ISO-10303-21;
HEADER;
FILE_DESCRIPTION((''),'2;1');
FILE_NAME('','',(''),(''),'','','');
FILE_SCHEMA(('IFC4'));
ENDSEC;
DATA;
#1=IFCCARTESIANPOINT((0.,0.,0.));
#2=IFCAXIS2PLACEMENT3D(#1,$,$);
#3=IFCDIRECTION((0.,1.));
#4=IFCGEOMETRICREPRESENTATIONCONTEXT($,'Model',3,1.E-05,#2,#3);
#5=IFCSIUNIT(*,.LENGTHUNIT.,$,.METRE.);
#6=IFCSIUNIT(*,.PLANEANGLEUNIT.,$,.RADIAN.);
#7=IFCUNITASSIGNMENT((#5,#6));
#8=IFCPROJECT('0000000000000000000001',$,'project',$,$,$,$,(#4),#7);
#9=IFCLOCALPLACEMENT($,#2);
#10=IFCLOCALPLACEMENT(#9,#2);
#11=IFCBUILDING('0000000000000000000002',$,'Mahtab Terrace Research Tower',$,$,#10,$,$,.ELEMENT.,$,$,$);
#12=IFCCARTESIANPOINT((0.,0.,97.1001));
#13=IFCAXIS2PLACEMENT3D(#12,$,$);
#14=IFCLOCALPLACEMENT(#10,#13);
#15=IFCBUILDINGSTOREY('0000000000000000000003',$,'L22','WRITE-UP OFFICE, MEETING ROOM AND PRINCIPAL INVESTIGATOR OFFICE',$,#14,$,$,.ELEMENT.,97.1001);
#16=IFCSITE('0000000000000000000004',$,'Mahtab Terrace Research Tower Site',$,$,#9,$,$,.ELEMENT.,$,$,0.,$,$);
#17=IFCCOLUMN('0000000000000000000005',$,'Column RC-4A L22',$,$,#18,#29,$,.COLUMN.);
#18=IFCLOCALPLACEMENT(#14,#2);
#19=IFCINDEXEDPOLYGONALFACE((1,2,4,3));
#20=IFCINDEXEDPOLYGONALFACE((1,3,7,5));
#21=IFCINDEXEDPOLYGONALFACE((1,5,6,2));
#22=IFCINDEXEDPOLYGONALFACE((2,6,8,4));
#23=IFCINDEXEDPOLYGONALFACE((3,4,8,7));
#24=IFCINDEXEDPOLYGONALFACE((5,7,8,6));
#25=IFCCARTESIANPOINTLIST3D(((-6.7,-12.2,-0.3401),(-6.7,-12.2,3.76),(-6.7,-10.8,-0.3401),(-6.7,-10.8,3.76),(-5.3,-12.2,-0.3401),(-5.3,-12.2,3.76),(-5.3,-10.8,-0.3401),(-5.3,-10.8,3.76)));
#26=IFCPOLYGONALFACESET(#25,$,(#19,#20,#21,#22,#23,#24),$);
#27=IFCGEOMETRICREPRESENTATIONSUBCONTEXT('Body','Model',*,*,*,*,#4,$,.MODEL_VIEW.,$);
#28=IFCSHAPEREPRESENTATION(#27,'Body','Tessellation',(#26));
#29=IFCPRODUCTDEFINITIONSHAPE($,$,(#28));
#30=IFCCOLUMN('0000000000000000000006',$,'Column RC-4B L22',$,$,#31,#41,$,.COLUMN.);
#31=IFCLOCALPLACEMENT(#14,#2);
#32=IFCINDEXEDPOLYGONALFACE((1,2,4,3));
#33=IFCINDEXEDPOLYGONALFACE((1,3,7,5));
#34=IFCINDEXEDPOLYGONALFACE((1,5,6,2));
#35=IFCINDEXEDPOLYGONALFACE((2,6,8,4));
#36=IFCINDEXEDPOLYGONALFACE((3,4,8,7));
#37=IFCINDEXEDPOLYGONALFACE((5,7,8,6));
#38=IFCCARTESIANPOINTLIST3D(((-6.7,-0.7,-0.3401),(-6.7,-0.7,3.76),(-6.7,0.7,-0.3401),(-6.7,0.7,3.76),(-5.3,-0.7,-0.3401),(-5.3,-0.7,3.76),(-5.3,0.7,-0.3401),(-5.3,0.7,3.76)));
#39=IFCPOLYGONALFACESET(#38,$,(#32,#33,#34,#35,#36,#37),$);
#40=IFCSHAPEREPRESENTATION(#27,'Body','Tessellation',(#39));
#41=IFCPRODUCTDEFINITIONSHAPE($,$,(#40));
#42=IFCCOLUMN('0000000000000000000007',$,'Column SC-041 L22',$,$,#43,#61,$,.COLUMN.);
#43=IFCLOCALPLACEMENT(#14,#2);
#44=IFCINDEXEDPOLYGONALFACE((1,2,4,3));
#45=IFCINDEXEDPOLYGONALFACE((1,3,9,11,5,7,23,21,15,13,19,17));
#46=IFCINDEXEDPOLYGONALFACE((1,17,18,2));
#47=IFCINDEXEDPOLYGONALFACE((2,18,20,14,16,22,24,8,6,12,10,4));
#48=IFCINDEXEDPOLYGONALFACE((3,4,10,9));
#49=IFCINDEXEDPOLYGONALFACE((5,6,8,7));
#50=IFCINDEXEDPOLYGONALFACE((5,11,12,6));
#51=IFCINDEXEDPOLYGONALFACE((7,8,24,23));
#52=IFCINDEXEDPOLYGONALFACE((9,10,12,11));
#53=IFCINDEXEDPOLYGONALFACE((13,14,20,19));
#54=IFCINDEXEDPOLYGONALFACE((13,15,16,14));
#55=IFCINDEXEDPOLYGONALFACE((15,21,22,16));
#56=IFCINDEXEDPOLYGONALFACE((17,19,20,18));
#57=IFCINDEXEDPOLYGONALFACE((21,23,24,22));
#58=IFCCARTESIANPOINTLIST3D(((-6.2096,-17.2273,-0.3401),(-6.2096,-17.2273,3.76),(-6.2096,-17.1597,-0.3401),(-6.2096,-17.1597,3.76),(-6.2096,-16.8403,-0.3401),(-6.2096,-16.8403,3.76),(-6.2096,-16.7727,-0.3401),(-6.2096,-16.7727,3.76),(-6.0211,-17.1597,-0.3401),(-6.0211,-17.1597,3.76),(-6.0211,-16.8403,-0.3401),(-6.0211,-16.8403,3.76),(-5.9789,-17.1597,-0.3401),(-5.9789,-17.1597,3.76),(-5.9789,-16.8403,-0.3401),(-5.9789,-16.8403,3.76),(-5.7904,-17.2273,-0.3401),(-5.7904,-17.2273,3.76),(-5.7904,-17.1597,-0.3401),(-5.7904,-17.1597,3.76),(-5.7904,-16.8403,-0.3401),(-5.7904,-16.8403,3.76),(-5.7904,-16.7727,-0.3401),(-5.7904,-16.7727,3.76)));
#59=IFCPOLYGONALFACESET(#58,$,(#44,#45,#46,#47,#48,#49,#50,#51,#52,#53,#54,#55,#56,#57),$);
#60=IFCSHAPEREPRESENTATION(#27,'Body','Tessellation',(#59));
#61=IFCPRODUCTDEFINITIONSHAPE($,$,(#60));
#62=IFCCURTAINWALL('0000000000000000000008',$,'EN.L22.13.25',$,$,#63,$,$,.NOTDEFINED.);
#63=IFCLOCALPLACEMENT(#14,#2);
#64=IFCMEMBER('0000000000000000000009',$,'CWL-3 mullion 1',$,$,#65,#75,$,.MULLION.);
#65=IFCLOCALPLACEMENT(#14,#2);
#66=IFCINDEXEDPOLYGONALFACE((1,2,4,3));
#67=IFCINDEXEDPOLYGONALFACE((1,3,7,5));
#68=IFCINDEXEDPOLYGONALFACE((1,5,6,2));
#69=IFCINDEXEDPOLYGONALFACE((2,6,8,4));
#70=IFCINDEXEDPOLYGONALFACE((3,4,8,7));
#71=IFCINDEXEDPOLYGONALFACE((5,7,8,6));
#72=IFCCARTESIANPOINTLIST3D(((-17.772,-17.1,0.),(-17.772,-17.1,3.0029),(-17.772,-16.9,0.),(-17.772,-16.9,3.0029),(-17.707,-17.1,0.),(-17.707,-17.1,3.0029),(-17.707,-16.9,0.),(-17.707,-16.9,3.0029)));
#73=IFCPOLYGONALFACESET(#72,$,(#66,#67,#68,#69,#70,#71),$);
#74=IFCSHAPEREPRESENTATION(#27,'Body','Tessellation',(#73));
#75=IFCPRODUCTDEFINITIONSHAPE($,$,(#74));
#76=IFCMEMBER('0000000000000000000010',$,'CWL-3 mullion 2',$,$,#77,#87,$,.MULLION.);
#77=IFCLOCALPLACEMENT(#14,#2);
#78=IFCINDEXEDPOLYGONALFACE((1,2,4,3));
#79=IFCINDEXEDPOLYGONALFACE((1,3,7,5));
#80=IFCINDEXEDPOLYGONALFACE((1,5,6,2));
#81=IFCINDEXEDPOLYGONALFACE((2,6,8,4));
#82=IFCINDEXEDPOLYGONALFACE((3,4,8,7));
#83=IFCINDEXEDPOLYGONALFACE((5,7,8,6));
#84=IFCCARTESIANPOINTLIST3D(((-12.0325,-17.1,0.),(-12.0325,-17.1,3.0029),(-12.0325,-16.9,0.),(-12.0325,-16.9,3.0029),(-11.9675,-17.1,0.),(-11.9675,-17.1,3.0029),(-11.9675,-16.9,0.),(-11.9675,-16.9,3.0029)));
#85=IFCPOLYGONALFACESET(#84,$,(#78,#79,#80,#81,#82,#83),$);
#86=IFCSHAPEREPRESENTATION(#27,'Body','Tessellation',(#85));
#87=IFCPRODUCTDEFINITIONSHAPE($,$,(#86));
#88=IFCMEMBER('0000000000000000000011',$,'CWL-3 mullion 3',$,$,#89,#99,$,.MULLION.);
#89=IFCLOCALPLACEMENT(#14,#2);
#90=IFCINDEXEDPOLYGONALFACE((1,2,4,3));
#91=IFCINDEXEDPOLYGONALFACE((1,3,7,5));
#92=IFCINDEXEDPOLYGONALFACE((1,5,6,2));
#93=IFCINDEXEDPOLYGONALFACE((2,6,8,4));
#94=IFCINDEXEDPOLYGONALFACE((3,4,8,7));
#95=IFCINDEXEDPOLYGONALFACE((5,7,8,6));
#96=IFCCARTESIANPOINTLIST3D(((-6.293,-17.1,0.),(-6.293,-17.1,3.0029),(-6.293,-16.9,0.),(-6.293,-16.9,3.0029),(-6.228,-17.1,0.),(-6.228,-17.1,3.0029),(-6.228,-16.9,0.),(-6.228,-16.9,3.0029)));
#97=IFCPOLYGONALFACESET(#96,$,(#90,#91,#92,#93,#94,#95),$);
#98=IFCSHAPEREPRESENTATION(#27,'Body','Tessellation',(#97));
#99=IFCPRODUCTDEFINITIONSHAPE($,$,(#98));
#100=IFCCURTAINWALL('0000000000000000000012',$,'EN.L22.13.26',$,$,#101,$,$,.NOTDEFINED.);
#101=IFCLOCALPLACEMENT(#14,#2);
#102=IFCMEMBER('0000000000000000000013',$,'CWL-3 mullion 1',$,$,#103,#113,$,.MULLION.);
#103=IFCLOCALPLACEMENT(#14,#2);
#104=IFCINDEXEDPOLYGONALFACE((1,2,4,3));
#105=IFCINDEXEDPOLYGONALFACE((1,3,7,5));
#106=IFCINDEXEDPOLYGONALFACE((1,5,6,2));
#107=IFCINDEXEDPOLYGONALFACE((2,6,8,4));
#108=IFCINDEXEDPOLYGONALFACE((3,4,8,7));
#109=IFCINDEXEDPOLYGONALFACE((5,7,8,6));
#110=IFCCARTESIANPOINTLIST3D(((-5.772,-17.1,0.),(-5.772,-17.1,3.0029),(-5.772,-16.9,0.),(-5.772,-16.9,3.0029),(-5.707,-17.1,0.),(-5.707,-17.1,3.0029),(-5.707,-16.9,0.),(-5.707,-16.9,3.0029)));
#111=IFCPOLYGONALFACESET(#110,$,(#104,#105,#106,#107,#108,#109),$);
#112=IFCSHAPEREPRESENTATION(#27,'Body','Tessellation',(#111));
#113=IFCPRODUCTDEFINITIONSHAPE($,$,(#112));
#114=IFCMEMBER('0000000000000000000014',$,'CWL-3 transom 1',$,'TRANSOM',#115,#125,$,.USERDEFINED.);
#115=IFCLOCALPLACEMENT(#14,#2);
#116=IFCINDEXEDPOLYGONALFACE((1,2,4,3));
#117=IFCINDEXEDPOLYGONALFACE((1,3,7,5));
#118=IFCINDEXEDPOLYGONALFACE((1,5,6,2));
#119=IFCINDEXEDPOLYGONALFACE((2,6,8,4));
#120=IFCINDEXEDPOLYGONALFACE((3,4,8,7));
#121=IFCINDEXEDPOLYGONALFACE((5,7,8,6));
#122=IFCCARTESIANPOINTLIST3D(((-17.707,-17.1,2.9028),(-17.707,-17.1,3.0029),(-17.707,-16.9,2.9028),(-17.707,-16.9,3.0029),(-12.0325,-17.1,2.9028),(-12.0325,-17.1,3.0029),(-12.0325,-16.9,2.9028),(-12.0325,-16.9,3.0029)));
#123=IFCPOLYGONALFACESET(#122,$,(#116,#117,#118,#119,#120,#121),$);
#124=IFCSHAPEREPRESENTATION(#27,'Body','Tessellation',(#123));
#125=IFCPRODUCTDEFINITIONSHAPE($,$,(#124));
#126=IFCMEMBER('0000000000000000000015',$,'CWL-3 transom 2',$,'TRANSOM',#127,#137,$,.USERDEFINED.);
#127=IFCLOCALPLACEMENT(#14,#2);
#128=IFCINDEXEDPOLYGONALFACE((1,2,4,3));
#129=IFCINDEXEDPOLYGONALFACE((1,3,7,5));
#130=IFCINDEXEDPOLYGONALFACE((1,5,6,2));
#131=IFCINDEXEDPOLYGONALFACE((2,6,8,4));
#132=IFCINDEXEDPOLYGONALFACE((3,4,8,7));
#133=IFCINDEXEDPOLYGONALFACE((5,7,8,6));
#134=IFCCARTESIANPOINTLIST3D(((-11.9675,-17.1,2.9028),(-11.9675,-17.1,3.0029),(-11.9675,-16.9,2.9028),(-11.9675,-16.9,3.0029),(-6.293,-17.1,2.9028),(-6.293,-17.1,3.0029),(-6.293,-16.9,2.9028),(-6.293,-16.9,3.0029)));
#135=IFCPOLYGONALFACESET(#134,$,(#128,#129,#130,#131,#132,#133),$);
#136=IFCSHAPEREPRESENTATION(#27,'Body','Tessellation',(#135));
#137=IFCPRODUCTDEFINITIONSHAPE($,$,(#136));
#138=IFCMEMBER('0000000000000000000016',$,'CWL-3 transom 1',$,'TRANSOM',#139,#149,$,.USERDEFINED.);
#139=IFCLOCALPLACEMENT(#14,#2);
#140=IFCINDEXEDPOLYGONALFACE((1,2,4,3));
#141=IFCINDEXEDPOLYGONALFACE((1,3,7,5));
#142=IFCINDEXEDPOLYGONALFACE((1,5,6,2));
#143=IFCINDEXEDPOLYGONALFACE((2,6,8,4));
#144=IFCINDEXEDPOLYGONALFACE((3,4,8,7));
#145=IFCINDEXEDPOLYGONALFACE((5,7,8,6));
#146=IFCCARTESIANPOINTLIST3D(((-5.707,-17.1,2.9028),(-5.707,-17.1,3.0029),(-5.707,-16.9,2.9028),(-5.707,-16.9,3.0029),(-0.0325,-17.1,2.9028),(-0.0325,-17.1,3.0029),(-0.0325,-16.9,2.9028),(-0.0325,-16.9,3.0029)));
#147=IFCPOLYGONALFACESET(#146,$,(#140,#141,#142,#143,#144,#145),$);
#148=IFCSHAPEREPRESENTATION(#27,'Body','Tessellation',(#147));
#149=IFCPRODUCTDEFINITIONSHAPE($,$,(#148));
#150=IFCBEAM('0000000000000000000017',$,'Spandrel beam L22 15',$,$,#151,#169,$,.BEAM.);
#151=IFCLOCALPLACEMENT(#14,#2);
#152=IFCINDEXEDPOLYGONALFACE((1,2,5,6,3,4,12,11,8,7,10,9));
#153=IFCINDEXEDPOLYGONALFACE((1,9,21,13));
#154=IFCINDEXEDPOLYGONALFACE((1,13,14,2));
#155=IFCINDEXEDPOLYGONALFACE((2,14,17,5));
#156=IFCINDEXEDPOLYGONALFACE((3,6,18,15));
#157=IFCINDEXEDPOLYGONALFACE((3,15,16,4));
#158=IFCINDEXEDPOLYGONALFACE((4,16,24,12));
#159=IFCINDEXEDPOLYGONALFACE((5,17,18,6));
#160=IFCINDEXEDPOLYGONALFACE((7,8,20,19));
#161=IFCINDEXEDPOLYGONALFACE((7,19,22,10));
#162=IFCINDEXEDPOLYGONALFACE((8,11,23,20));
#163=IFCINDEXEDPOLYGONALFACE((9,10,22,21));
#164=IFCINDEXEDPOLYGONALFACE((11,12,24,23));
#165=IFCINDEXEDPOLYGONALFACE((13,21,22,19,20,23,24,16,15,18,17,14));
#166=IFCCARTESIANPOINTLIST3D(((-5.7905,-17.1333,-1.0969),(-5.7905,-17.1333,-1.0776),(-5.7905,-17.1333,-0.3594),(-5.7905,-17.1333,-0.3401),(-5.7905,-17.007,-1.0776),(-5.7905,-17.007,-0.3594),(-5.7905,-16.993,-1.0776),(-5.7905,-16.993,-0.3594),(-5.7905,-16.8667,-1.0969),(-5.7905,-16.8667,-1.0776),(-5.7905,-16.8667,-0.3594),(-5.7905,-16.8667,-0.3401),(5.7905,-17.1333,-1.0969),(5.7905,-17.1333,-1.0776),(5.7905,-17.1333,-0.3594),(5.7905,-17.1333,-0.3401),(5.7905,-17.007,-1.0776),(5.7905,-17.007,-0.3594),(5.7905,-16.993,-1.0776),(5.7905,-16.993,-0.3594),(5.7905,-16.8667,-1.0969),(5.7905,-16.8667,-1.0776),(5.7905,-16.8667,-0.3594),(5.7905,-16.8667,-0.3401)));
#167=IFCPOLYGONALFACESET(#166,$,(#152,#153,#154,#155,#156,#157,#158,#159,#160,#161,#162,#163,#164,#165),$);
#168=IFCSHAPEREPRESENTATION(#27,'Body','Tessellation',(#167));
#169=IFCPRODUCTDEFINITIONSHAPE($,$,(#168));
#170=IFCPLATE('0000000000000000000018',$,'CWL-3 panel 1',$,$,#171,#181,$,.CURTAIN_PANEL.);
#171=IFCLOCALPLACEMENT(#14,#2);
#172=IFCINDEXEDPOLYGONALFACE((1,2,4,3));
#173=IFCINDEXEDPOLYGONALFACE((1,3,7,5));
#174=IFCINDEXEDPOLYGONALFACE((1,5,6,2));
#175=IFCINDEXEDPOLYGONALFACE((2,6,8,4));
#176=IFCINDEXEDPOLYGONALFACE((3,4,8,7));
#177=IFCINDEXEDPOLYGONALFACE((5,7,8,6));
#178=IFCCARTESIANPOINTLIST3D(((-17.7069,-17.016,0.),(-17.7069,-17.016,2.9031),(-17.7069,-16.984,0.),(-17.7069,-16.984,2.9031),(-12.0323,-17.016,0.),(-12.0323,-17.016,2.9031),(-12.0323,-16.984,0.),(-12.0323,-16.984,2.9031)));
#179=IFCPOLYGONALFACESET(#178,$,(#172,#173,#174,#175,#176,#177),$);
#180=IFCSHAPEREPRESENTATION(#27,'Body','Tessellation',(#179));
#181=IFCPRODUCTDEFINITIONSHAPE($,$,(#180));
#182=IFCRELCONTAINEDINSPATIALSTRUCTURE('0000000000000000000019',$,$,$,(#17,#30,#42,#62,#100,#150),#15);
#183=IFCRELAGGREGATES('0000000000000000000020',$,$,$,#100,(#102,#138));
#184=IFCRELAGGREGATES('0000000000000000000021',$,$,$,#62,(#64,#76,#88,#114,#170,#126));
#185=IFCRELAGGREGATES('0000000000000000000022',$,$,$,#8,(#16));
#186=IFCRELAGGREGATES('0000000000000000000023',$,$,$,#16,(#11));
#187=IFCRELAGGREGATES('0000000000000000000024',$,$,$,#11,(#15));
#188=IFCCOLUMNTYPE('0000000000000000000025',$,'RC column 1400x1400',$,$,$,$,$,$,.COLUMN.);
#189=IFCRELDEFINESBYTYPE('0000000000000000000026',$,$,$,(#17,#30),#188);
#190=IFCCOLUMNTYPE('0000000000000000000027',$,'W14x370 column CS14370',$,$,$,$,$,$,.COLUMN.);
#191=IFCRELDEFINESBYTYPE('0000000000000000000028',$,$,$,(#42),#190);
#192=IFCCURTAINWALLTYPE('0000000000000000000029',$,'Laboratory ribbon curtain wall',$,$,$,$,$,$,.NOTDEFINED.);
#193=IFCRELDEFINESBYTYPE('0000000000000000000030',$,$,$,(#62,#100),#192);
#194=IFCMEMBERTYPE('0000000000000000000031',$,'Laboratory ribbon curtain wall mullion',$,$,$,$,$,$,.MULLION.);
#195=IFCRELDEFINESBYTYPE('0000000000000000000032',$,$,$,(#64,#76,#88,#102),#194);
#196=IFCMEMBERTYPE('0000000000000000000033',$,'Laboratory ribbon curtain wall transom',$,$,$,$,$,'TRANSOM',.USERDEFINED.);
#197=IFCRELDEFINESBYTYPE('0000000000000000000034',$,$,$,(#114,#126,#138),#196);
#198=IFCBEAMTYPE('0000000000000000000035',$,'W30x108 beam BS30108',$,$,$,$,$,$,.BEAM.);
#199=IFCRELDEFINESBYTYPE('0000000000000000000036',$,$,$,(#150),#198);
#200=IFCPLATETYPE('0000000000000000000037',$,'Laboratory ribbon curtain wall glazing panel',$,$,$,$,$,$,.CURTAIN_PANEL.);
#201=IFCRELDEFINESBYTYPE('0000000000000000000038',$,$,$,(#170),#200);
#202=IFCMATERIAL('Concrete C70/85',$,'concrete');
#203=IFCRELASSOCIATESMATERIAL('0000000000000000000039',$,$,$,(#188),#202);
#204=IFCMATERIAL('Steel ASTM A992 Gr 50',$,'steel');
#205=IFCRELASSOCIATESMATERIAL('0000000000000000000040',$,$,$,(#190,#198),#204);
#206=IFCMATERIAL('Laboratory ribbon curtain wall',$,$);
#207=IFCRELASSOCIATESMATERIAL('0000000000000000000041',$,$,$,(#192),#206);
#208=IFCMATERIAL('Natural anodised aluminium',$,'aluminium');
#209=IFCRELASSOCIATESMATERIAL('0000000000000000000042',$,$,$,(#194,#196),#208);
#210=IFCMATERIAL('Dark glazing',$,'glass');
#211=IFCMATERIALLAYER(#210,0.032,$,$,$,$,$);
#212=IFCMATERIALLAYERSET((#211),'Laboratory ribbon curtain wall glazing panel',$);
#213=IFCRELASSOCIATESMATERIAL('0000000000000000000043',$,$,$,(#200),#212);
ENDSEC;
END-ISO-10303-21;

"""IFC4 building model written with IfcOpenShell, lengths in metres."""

from ifc_helpers import new_model, si_unit, direction, frame, origin, origin_2d, place, context, subcontext, project, spatial, rectangle, i_section, extrude, material, layer, layer_set, material_profile, profile_set, type_object, element, aggregate, save


model = new_model("IFC4")

# Units and contexts
model_context = context("Model", 3, precision=1e-05, world=origin(), true_north=direction((0.0, 1.0)))
body_context = subcontext(model_context, "Body", "Model", "MODEL_VIEW")
ifc_project = project(units=[si_unit("LENGTHUNIT", "METRE"), si_unit("PLANEANGLEUNIT", "RADIAN")], contexts=[model_context])

# Site, building, storey
site_placement = place(None, origin())
site = spatial("IfcSite", under=ifc_project, at=site_placement, Name="Mahtab Terrace Research Tower Site", CompositionType="ELEMENT", RefElevation=0.0)
building_placement = place(site_placement, origin())
building = spatial("IfcBuilding", under=site, at=building_placement, Name="Mahtab Terrace Research Tower", CompositionType="ELEMENT")
storey_placement = place(building_placement, frame((0.0, 0.0, 97.1001)))
storey = spatial("IfcBuildingStorey", under=building, at=storey_placement, Name="L22", Description="WRITE-UP OFFICE, MEETING ROOM AND PRINCIPAL INVESTIGATOR OFFICE", CompositionType="ELEMENT", Elevation=97.1001)

# Columns
ifc_material_1 = material(Name="Concrete C70/85", Category="concrete")
ifc_material_profile_1 = material_profile(ifc_material_1, rectangle(XDim=1.3999, YDim=1.3999, at=origin_2d()), Name="RC column 1400x1400")
ifc_profile_set_1 = profile_set([ifc_material_profile_1], Name="Concrete C70/85")
column_type_1 = type_object("IfcColumnType", Name="RC column 1400x1400", PredefinedType="COLUMN", material=ifc_profile_set_1)
for number, where, z_axis, x_axis, name in (
    (1, (-6.0, -11.5, -0.3401), (0.0, 0.0, 1.0), (1.0, 0.0, 0.0), "Column RC-4A L22"),
    (2, (-6.0, 0.0, -0.3401), (0.0, 0.0, 1.0), (1.0, 0.0, 0.0), "Column RC-4B L22"),
):
    element("IfcColumn", number, at=place(storey_placement, frame(where, z_axis=z_axis, x_axis=x_axis)), inside=storey, type_object=column_type_1, Name=name, PredefinedType="COLUMN", context=body_context, shape_type="SweptSolid", body=[
        extrude(rectangle(XDim=1.3999, YDim=1.3999, at=origin_2d()), origin(), (0.0, 0.0, 1.0), 4.1001),
    ])
ifc_material_2 = material(Name="Steel ASTM A992 Gr 50", Category="steel")
ifc_material_profile_2 = material_profile(ifc_material_2, i_section(OverallWidth=0.4192, OverallDepth=0.4546, WebThickness=0.0422, FlangeThickness=0.0676, at=origin_2d()), Name="W14X370")
ifc_profile_set_2 = profile_set([ifc_material_profile_2], Name="Steel ASTM A992 Gr 50")
column_type_2 = type_object("IfcColumnType", Name="W14x370 column CS14370", PredefinedType="COLUMN", material=ifc_profile_set_2)
column_placement = place(storey_placement, frame((-6.0, -17.0, -0.3401), z_axis=(0.0, 0.0, 1.0), x_axis=(1.0, 0.0, 0.0)))
element("IfcColumn", 3, at=column_placement, inside=storey, type_object=column_type_2, Name="Column SC-041 L22", PredefinedType="COLUMN", context=body_context, shape_type="SweptSolid", body=[
    extrude(i_section(OverallWidth=0.4192, OverallDepth=0.4546, WebThickness=0.0422, FlangeThickness=0.0676, at=origin_2d()), origin(), (0.0, 0.0, 1.0), 4.1001),
])

# Curtain wall, members
ifc_material_3 = material(Name="Laboratory ribbon curtain wall")
curtain_wall_type = type_object("IfcCurtainWallType", Name="Laboratory ribbon curtain wall", PredefinedType="NOTDEFINED", material=ifc_material_3)
curtain_wall_1_placement = place(storey_placement, origin())
curtain_wall_1 = element("IfcCurtainWall", 4, at=curtain_wall_1_placement, inside=storey, type_object=curtain_wall_type, Name="EN.L22.13.25", PredefinedType="NOTDEFINED")
ifc_material_4 = material(Name="Natural anodised aluminium", Category="aluminium")
ifc_material_profile_3 = material_profile(ifc_material_4, rectangle(XDim=0.2, YDim=0.0649, at=origin_2d()), Name="MULLION 65x200")
ifc_profile_set_3 = profile_set([ifc_material_profile_3], Name="Natural anodised aluminium")
member_type_1 = type_object("IfcMemberType", Name="Laboratory ribbon curtain wall mullion", PredefinedType="MULLION", material=ifc_profile_set_3)
member_1_placement = place(storey_placement, frame((-17.7395, -17.0, 0.0), z_axis=(0.0, 0.0, 1.0), x_axis=(0.0, 1.0, 0.0)))
member_1 = element("IfcMember", 5, at=member_1_placement, type_object=member_type_1, Name="CWL-3 mullion 1", PredefinedType="MULLION", context=body_context, shape_type="SweptSolid", body=[
    extrude(rectangle(XDim=0.2, YDim=0.0649, at=origin_2d()), origin(), (0.0, 0.0, 1.0), 3.0029),
])
member_2_placement = place(storey_placement, frame((-12.0, -17.0, 0.0), z_axis=(0.0, 0.0, 1.0), x_axis=(0.0, 1.0, 0.0)))
member_2 = element("IfcMember", 6, at=member_2_placement, type_object=member_type_1, Name="CWL-3 mullion 2", PredefinedType="MULLION", context=body_context, shape_type="SweptSolid", body=[
    extrude(rectangle(XDim=0.2, YDim=0.0649, at=origin_2d()), origin(), (0.0, 0.0, 1.0), 3.0029),
])
member_3_placement = place(storey_placement, frame((-6.2605, -17.0, 0.0), z_axis=(0.0, 0.0, 1.0), x_axis=(0.0, 1.0, 0.0)))
member_3 = element("IfcMember", 7, at=member_3_placement, type_object=member_type_1, Name="CWL-3 mullion 3", PredefinedType="MULLION", context=body_context, shape_type="SweptSolid", body=[
    extrude(rectangle(XDim=0.2, YDim=0.0649, at=origin_2d()), origin(), (0.0, 0.0, 1.0), 3.0029),
])

# Curtain wall, member
curtain_wall_2_placement = place(storey_placement, origin())
curtain_wall_2 = element("IfcCurtainWall", 8, at=curtain_wall_2_placement, inside=storey, type_object=curtain_wall_type, Name="EN.L22.13.26", PredefinedType="NOTDEFINED")
member_4_placement = place(storey_placement, frame((-5.7395, -17.0, 0.0), z_axis=(0.0, 0.0, 1.0), x_axis=(0.0, 1.0, 0.0)))
member_4 = element("IfcMember", 9, at=member_4_placement, type_object=member_type_1, Name="CWL-3 mullion 1", PredefinedType="MULLION", context=body_context, shape_type="SweptSolid", body=[
    extrude(rectangle(XDim=0.2, YDim=0.0649, at=origin_2d()), origin(), (0.0, 0.0, 1.0), 3.0029),
])

# Members
ifc_material_profile_4 = material_profile(ifc_material_4, rectangle(XDim=0.2, YDim=0.1001, at=origin_2d()), Name="TRANSOM 100x200")
ifc_profile_set_4 = profile_set([ifc_material_profile_4], Name="Natural anodised aluminium")
member_type_2 = type_object("IfcMemberType", Name="Laboratory ribbon curtain wall transom", ElementType="TRANSOM", PredefinedType="USERDEFINED", material=ifc_profile_set_4)
member_5_placement = place(storey_placement, frame((-17.707, -17.0, 2.9529), z_axis=(1.0, 0.0, 0.0), x_axis=(0.0, 1.0, 0.0)))
member_5 = element("IfcMember", 10, at=member_5_placement, type_object=member_type_2, Name="CWL-3 transom 1", ObjectType="TRANSOM", PredefinedType="USERDEFINED", context=body_context, shape_type="SweptSolid", body=[
    extrude(rectangle(XDim=0.2, YDim=0.1001, at=origin_2d()), origin(), (0.0, 0.0, 1.0), 5.6746),
])
member_6_placement = place(storey_placement, frame((-11.9675, -17.0, 2.9529), z_axis=(1.0, 0.0, 0.0), x_axis=(0.0, 1.0, 0.0)))
member_6 = element("IfcMember", 11, at=member_6_placement, type_object=member_type_2, Name="CWL-3 transom 2", ObjectType="TRANSOM", PredefinedType="USERDEFINED", context=body_context, shape_type="SweptSolid", body=[
    extrude(rectangle(XDim=0.2, YDim=0.1001, at=origin_2d()), origin(), (0.0, 0.0, 1.0), 5.6746),
])
member_7_placement = place(storey_placement, frame((-5.707, -17.0, 2.9529), z_axis=(1.0, 0.0, 0.0), x_axis=(0.0, 1.0, 0.0)))
member_7 = element("IfcMember", 12, at=member_7_placement, type_object=member_type_2, Name="CWL-3 transom 1", ObjectType="TRANSOM", PredefinedType="USERDEFINED", context=body_context, shape_type="SweptSolid", body=[
    extrude(rectangle(XDim=0.2, YDim=0.1001, at=origin_2d()), origin(), (0.0, 0.0, 1.0), 5.6746),
])
aggregate(curtain_wall_2, [member_4, member_7])

# Beam
ifc_material_profile_5 = material_profile(ifc_material_2, i_section(OverallWidth=0.2666, OverallDepth=0.7568, WebThickness=0.0139, FlangeThickness=0.0193, at=origin_2d()), Name="W30X108")
ifc_profile_set_5 = profile_set([ifc_material_profile_5], Name="Steel ASTM A992 Gr 50")
beam_type = type_object("IfcBeamType", Name="W30x108 beam BS30108", PredefinedType="BEAM", material=ifc_profile_set_5)
beam_placement = place(storey_placement, frame((-5.7905, -17.0, -0.7185), z_axis=(1.0, 0.0, 0.0), x_axis=(0.0, 1.0, 0.0)))
element("IfcBeam", 13, at=beam_placement, inside=storey, type_object=beam_type, Name="Spandrel beam L22 15", PredefinedType="BEAM", context=body_context, shape_type="SweptSolid", body=[
    extrude(i_section(OverallWidth=0.2666, OverallDepth=0.7568, WebThickness=0.0139, FlangeThickness=0.0193, at=origin_2d()), origin(), (0.0, 0.0, 1.0), 11.5811),
])

# Plate
ifc_material_5 = material(Name="Dark glazing", Category="glass")
ifc_layer_1 = layer(ifc_material_5, 0.032)
ifc_layer_set_1 = layer_set([ifc_layer_1], Name="Laboratory ribbon curtain wall glazing panel")
plate_type = type_object("IfcPlateType", Name="Laboratory ribbon curtain wall glazing panel", PredefinedType="CURTAIN_PANEL", material=ifc_layer_set_1)
plate_1_placement = place(storey_placement, frame((-14.8696, -17.0, 0.0), z_axis=(0.0, 0.0, 1.0), x_axis=(1.0, 0.0, 0.0)))
plate_1 = element("IfcPlate", 14, at=plate_1_placement, type_object=plate_type, Name="CWL-3 panel 1", PredefinedType="CURTAIN_PANEL", context=body_context, shape_type="SweptSolid", body=[
    extrude(rectangle(XDim=5.6746, YDim=0.032, at=origin_2d()), origin(), (0.0, 0.0, 1.0), 2.9031),
])
aggregate(curtain_wall_1, [member_1, member_2, member_3, member_5, plate_1, member_6])

save(model, "model.ifc")
